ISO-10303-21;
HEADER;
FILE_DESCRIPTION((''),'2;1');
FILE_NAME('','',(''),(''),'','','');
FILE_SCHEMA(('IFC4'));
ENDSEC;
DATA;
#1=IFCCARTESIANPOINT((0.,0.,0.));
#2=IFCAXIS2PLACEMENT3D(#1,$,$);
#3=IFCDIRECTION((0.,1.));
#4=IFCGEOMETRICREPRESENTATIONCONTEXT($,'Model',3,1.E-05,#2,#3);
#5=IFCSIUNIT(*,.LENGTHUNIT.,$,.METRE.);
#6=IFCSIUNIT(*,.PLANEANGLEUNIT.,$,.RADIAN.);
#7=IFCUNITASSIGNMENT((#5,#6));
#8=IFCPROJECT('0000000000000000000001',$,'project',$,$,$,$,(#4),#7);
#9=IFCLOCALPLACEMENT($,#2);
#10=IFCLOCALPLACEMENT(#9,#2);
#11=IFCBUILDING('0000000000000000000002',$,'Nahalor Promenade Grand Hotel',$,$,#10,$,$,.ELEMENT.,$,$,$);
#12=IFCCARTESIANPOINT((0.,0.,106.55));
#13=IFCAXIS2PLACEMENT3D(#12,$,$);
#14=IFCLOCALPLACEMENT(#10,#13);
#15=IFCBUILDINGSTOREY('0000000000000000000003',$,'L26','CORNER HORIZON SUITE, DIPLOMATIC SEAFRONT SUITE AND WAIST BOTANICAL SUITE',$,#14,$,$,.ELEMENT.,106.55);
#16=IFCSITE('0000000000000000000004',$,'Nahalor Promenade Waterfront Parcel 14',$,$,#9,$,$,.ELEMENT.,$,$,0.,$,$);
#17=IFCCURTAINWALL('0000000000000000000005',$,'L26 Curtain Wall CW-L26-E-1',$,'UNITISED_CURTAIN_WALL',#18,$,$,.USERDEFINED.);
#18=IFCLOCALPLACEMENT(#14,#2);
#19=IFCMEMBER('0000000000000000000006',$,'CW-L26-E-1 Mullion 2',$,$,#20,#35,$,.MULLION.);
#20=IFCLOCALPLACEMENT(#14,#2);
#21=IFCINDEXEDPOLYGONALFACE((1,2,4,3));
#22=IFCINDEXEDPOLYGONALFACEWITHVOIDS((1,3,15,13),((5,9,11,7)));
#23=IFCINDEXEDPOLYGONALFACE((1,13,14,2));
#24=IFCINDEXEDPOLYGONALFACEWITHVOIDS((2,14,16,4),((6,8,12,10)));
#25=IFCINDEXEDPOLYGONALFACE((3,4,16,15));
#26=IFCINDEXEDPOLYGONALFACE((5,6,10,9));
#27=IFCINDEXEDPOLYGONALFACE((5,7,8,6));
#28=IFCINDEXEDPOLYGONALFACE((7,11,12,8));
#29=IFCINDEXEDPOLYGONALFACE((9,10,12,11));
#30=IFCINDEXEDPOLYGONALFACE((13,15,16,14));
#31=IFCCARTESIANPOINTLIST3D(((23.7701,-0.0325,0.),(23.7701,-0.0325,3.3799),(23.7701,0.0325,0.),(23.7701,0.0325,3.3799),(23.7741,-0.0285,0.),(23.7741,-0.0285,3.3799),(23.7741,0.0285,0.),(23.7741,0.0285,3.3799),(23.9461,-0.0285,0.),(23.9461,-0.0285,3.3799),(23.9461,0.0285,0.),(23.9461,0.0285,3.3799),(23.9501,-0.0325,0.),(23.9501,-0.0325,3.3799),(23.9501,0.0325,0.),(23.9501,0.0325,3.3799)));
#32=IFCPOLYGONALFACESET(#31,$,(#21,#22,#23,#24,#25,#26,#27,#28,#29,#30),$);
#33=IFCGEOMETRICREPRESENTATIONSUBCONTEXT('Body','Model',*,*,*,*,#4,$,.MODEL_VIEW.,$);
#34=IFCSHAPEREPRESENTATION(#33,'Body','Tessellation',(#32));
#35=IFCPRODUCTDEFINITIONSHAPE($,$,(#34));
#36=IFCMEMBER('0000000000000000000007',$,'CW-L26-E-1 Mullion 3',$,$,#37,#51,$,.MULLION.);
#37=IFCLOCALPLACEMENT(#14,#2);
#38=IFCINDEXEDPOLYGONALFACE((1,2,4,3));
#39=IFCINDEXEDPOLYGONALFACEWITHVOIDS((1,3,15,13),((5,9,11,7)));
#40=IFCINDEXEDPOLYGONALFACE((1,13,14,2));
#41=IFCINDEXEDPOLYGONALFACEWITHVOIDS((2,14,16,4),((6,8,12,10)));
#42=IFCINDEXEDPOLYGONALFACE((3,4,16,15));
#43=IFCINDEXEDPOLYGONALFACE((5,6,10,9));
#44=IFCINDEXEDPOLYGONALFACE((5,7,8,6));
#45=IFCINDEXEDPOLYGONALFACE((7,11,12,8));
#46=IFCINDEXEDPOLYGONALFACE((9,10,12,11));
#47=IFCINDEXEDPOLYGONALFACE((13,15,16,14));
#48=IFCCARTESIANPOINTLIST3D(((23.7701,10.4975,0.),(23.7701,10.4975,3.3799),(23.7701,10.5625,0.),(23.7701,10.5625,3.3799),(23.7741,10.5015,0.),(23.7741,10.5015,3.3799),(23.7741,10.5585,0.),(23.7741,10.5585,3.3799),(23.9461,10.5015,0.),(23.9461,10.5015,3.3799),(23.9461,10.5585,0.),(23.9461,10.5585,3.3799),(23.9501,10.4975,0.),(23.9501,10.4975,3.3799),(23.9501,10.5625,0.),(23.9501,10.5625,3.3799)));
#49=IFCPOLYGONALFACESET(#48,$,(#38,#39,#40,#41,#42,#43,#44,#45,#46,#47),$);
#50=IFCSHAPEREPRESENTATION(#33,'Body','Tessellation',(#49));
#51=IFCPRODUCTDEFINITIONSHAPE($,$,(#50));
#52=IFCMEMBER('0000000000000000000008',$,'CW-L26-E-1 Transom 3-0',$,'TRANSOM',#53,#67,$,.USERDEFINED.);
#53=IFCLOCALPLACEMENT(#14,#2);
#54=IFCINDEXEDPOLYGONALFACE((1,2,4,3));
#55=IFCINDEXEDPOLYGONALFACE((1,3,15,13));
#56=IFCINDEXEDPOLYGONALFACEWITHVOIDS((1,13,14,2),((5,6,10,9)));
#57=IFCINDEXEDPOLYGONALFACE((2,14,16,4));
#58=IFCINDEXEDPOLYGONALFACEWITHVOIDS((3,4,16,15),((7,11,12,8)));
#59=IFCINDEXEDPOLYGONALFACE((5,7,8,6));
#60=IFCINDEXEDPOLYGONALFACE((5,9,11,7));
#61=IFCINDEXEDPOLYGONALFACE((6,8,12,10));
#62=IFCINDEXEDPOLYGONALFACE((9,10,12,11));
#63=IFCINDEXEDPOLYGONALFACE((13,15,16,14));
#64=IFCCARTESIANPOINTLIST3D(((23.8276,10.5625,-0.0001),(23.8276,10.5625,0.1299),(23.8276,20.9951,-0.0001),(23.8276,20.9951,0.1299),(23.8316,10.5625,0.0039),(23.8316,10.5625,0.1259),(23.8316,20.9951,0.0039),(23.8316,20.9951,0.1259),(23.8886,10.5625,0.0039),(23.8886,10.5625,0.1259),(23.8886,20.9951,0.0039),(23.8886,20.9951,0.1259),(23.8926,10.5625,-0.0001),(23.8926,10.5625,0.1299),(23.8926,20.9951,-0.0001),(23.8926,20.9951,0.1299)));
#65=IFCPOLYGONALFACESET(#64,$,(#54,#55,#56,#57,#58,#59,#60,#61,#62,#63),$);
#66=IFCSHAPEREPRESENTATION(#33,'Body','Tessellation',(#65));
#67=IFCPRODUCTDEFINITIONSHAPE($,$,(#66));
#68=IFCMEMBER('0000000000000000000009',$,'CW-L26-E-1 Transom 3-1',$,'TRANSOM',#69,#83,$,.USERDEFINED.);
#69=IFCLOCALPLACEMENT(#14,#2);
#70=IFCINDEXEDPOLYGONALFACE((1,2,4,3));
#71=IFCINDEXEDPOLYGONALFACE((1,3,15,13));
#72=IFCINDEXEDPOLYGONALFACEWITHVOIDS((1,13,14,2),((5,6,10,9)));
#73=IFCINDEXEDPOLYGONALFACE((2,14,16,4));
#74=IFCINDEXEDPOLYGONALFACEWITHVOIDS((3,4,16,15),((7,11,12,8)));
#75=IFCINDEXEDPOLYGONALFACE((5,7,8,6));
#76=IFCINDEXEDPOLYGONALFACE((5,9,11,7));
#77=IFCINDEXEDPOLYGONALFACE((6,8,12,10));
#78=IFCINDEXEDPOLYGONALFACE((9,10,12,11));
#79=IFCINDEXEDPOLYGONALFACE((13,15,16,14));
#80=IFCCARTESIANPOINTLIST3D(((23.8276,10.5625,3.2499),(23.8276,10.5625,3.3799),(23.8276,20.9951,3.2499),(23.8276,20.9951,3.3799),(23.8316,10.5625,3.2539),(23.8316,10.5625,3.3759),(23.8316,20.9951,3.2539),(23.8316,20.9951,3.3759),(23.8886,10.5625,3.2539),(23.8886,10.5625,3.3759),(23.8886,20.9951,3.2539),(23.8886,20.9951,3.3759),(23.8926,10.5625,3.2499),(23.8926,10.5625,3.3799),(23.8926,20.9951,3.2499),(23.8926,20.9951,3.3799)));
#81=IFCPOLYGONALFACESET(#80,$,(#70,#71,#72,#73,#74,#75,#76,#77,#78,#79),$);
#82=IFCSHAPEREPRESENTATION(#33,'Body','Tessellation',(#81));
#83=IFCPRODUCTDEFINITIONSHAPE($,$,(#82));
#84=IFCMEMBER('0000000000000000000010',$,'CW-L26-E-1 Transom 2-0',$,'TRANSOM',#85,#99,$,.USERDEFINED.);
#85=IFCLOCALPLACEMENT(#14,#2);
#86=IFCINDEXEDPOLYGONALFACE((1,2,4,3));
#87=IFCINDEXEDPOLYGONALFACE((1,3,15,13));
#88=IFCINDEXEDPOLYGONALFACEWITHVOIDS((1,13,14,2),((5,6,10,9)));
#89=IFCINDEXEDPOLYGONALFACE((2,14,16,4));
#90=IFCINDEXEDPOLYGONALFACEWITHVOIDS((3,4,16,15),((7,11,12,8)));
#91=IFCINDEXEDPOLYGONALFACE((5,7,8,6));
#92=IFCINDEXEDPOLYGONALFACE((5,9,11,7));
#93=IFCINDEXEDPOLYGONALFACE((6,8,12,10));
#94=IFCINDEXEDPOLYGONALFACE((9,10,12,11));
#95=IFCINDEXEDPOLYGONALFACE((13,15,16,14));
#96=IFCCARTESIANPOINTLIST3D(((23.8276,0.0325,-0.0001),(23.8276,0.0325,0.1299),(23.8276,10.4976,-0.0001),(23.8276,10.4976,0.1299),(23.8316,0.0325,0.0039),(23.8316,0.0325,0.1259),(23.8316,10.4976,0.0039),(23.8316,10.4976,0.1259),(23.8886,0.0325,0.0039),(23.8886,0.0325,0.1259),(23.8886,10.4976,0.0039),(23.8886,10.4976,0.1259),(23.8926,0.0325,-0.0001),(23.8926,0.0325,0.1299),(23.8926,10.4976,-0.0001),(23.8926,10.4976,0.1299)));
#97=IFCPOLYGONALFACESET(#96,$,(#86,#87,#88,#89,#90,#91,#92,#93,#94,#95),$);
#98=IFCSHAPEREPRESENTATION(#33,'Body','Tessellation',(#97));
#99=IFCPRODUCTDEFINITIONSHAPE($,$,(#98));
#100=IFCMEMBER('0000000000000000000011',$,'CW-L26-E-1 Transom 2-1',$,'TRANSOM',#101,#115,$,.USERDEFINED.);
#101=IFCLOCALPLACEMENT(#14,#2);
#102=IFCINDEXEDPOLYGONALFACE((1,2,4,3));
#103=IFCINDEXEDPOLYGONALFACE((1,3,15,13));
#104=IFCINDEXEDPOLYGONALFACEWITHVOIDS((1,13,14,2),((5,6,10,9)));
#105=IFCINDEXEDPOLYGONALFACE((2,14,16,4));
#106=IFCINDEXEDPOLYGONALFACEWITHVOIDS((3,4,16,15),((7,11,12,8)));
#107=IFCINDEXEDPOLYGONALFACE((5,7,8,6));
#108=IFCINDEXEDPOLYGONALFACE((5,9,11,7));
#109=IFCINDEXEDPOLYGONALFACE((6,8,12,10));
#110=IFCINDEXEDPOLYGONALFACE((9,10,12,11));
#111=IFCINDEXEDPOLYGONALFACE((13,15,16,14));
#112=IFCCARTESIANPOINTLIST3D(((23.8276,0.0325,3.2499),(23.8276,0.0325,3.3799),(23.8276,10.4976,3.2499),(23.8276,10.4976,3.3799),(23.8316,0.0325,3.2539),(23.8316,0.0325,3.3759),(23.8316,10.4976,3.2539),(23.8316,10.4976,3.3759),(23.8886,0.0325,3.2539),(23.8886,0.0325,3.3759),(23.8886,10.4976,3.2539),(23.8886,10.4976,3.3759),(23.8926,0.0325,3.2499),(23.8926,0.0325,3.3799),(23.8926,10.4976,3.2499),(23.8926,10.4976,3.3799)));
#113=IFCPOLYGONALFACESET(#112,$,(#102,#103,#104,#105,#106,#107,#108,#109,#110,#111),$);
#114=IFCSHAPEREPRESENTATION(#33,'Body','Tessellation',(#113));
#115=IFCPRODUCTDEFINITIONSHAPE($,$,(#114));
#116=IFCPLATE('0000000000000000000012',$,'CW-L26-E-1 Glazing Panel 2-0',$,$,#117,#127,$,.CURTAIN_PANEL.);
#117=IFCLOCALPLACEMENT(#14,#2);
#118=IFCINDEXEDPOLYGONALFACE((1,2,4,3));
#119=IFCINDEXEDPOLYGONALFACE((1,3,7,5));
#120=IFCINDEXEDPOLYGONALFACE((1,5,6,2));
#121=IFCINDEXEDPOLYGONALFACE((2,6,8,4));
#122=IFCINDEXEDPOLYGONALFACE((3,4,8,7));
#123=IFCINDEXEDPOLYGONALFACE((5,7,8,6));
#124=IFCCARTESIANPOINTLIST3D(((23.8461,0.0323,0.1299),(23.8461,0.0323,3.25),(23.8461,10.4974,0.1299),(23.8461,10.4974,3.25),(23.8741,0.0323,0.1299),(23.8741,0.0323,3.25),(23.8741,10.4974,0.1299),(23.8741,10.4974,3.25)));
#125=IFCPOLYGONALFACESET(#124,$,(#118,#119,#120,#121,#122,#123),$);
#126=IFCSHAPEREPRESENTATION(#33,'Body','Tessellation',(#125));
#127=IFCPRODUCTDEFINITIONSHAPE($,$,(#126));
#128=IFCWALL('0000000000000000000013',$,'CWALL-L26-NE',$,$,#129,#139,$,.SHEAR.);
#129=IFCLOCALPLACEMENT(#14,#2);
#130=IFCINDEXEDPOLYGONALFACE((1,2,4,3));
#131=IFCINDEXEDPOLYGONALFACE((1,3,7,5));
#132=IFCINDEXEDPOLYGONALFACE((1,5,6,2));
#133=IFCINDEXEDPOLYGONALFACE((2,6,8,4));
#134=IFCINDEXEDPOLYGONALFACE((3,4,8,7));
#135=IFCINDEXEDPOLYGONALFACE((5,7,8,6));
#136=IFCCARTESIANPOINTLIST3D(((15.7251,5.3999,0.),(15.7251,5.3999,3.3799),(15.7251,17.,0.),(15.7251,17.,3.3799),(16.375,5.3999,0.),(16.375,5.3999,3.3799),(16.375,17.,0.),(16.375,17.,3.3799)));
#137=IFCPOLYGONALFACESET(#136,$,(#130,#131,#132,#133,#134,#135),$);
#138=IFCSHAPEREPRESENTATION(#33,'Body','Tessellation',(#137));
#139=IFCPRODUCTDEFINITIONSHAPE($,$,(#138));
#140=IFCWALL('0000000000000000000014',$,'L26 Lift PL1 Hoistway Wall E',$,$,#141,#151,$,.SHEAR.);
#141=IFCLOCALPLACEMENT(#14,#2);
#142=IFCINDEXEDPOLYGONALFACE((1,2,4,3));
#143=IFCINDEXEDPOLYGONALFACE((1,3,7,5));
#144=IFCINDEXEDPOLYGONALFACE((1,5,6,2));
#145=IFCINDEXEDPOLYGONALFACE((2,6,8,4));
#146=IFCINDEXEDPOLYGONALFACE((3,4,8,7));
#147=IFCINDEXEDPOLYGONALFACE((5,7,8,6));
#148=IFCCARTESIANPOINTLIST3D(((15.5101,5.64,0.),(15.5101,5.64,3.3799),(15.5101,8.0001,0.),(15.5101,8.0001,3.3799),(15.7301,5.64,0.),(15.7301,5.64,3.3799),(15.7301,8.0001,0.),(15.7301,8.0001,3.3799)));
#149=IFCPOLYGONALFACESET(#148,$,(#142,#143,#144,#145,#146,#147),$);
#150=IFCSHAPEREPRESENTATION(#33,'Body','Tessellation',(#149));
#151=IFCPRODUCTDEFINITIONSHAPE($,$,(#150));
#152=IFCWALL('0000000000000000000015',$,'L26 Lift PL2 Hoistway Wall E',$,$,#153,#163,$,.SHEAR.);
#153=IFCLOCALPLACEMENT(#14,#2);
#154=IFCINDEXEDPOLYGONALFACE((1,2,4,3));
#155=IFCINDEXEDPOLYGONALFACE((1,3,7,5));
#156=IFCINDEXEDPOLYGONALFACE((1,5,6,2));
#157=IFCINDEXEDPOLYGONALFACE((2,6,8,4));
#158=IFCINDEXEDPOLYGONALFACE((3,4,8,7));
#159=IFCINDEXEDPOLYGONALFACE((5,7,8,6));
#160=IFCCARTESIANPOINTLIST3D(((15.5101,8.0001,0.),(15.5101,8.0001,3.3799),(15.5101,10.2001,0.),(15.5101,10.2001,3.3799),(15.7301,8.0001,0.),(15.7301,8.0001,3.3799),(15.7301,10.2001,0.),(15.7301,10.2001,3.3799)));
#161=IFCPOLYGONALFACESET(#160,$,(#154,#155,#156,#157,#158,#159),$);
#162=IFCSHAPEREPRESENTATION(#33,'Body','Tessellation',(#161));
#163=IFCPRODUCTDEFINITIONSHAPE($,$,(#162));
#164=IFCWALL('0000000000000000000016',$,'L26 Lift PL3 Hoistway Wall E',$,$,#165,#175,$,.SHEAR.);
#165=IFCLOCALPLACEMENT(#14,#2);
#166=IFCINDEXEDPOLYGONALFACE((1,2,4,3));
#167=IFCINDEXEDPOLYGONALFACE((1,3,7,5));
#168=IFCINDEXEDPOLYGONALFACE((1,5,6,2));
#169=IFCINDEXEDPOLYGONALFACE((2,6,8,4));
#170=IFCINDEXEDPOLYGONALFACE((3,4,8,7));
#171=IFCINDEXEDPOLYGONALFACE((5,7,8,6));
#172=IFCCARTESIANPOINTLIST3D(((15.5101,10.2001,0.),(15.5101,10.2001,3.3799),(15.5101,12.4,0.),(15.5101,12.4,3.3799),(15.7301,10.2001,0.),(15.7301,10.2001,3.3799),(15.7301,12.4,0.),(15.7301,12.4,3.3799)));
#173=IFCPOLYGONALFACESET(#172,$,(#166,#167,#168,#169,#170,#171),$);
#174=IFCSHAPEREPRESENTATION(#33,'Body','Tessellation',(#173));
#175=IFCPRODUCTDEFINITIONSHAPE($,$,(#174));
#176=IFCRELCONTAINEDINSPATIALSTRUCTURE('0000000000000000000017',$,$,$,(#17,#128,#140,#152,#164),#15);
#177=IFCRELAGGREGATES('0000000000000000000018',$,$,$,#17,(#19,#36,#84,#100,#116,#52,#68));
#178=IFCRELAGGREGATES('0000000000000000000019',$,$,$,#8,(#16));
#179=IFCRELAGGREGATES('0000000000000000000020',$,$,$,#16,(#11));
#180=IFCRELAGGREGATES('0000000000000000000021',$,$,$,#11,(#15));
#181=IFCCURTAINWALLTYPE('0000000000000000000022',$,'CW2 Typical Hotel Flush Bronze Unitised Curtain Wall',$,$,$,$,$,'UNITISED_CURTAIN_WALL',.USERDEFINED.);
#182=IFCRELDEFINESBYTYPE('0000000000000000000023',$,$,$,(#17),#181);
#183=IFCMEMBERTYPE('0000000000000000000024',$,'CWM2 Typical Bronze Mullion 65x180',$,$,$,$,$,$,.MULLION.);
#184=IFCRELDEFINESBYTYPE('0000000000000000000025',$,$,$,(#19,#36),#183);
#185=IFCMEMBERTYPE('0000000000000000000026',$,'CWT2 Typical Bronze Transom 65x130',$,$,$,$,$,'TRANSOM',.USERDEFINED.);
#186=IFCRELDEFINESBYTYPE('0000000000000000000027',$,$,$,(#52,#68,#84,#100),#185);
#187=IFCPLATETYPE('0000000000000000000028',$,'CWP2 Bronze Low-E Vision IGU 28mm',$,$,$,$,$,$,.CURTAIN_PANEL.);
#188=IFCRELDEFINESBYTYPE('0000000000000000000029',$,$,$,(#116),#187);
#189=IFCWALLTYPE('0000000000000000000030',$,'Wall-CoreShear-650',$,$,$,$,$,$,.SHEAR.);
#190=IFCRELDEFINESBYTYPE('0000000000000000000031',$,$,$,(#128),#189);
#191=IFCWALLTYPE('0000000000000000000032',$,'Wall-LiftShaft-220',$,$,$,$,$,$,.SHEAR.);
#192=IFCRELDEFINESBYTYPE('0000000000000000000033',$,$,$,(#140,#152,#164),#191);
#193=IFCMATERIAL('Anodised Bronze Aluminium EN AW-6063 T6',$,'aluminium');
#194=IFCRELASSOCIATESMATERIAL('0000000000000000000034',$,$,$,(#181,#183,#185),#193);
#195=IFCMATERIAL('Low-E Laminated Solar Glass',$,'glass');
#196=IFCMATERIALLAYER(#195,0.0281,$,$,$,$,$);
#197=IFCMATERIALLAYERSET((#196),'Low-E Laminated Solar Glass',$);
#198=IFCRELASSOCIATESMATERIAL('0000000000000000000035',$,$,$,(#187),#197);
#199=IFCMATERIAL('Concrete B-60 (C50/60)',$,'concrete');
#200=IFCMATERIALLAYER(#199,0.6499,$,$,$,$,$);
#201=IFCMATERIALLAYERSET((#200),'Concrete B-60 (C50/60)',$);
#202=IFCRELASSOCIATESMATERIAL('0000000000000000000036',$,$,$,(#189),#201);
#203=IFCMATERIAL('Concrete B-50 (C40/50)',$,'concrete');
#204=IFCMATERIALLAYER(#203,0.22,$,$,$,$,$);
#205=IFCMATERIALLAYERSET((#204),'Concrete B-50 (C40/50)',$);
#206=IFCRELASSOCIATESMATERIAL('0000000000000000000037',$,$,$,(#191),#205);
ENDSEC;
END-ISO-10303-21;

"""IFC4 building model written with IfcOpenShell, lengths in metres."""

from ifc_helpers import new_model, si_unit, direction, frame, frame_2d, origin, origin_2d, place, context, subcontext, project, spatial, rectangle, hollow_rectangle, extrude, source, transform, mapped, material, layer, layer_set, material_profile, profile_set, type_object, element, aggregate, save


model = new_model("IFC4")

# Units and contexts
model_context = context("Model", 3, precision=1e-05, world=origin(), true_north=direction((0.0, 1.0)))
body_context = subcontext(model_context, "Body", "Model", "MODEL_VIEW")
ifc_project = project(units=[si_unit("LENGTHUNIT", "METRE"), si_unit("PLANEANGLEUNIT", "RADIAN")], contexts=[model_context])

# Site, building, storey
site_placement = place(None, origin())
site = spatial("IfcSite", under=ifc_project, at=site_placement, Name="Nahalor Promenade Waterfront Parcel 14", CompositionType="ELEMENT", RefElevation=0.0)
building_placement = place(site_placement, origin())
building = spatial("IfcBuilding", under=site, at=building_placement, Name="Nahalor Promenade Grand Hotel", CompositionType="ELEMENT")
storey_placement = place(building_placement, frame((0.0, 0.0, 106.55)))
storey = spatial("IfcBuildingStorey", under=building, at=storey_placement, Name="L26", Description="CORNER HORIZON SUITE, DIPLOMATIC SEAFRONT SUITE AND WAIST BOTANICAL SUITE", CompositionType="ELEMENT", Elevation=106.55)

# Curtain wall, members, plate
ifc_material_1 = material(Name="Anodised Bronze Aluminium EN AW-6063 T6", Category="aluminium")
curtain_wall_type = type_object("IfcCurtainWallType", Name="CW2 Typical Hotel Flush Bronze Unitised Curtain Wall", ElementType="UNITISED_CURTAIN_WALL", PredefinedType="USERDEFINED", material=ifc_material_1)
curtain_wall_placement = place(storey_placement, origin())
curtain_wall = element("IfcCurtainWall", 1, at=curtain_wall_placement, inside=storey, type_object=curtain_wall_type, Name="L26 Curtain Wall CW-L26-E-1", ObjectType="UNITISED_CURTAIN_WALL", PredefinedType="USERDEFINED")
ifc_material_profile_1 = material_profile(ifc_material_1, hollow_rectangle(XDim=0.065, YDim=0.18, WallThickness=0.004, at=origin_2d()), Name="CWM 65x180x4")
ifc_profile_set_1 = profile_set([ifc_material_profile_1], Name="Anodised Bronze Aluminium EN AW-6063 T6")
member_type_1 = type_object("IfcMemberType", Name="CWM2 Typical Bronze Mullion 65x180", PredefinedType="MULLION", material=ifc_profile_set_1)
shared_shape_1 = source(origin(), body_context, "Body", "SweptSolid", [
    extrude(hollow_rectangle(XDim=0.065, YDim=0.18, WallThickness=0.004, at=origin_2d()), origin(), (0.0, 0.0, 1.0), 3.3799),
])
member_1_placement = place(storey_placement, frame((23.8601, 0.0, 0.0), z_axis=(0.0, 0.0, 1.0), x_axis=(0.0, 1.0, 0.0)))
member_1 = element("IfcMember", 2, at=member_1_placement, type_object=member_type_1, Name="CW-L26-E-1 Mullion 2", PredefinedType="MULLION", context=body_context, shape_type="MappedRepresentation", body=[
    mapped(shared_shape_1, transform((0.0, 0.0, 0.0), scale=1.0)),
])
member_2_placement = place(storey_placement, frame((23.8601, 10.53, 0.0), z_axis=(0.0, 0.0, 1.0), x_axis=(0.0, 1.0, 0.0)))
member_2 = element("IfcMember", 3, at=member_2_placement, type_object=member_type_1, Name="CW-L26-E-1 Mullion 3", PredefinedType="MULLION", context=body_context, shape_type="MappedRepresentation", body=[
    mapped(shared_shape_1, transform((0.0, 0.0, 0.0), scale=1.0)),
])
ifc_material_profile_2 = material_profile(ifc_material_1, hollow_rectangle(XDim=0.065, YDim=0.13, WallThickness=0.004, at=origin_2d()), Name="CWT 65x130x4")
ifc_profile_set_2 = profile_set([ifc_material_profile_2], Name="Anodised Bronze Aluminium EN AW-6063 T6")
member_type_2 = type_object("IfcMemberType", Name="CWT2 Typical Bronze Transom 65x130", ElementType="TRANSOM", PredefinedType="USERDEFINED", material=ifc_profile_set_2)
shared_shape_2 = source(origin(), body_context, "Body", "SweptSolid", [
    extrude(hollow_rectangle(XDim=0.065, YDim=0.13, WallThickness=0.004, at=origin_2d()), origin(), (0.0, 0.0, 1.0), 10.4326),
])
member_3_placement = place(storey_placement, frame((23.8601, 10.5625, 0.0649), z_axis=(0.0, 1.0, 0.0), x_axis=(-1.0, 0.0, 0.0)))
member_3 = element("IfcMember", 4, at=member_3_placement, type_object=member_type_2, Name="CW-L26-E-1 Transom 3-0", ObjectType="TRANSOM", PredefinedType="USERDEFINED", context=body_context, shape_type="MappedRepresentation", body=[
    mapped(shared_shape_2, transform((0.0, 0.0, 0.0), scale=1.0)),
])
member_4_placement = place(storey_placement, frame((23.8601, 10.5625, 3.3149), z_axis=(0.0, 1.0, 0.0), x_axis=(-1.0, 0.0, 0.0)))
member_4 = element("IfcMember", 5, at=member_4_placement, type_object=member_type_2, Name="CW-L26-E-1 Transom 3-1", ObjectType="TRANSOM", PredefinedType="USERDEFINED", context=body_context, shape_type="MappedRepresentation", body=[
    mapped(shared_shape_2, transform((0.0, 0.0, 0.0), scale=1.0)),
])
shared_shape_3 = source(origin(), body_context, "Body", "SweptSolid", [
    extrude(hollow_rectangle(XDim=0.065, YDim=0.13, WallThickness=0.004, at=origin_2d()), origin(), (0.0, 0.0, 1.0), 10.4651),
])
member_5_placement = place(storey_placement, frame((23.8601, 0.0325, 0.0649), z_axis=(0.0, 1.0, 0.0), x_axis=(-1.0, 0.0, 0.0)))
member_5 = element("IfcMember", 6, at=member_5_placement, type_object=member_type_2, Name="CW-L26-E-1 Transom 2-0", ObjectType="TRANSOM", PredefinedType="USERDEFINED", context=body_context, shape_type="MappedRepresentation", body=[
    mapped(shared_shape_3, transform((0.0, 0.0, 0.0), scale=1.0)),
])
member_6_placement = place(storey_placement, frame((23.8601, 0.0325, 3.3149), z_axis=(0.0, 1.0, 0.0), x_axis=(-1.0, 0.0, 0.0)))
member_6 = element("IfcMember", 7, at=member_6_placement, type_object=member_type_2, Name="CW-L26-E-1 Transom 2-1", ObjectType="TRANSOM", PredefinedType="USERDEFINED", context=body_context, shape_type="MappedRepresentation", body=[
    mapped(shared_shape_3, transform((0.0, 0.0, 0.0), scale=1.0)),
])
ifc_material_2 = material(Name="Low-E Laminated Solar Glass", Category="glass")
ifc_layer_1 = layer(ifc_material_2, 0.0281)
ifc_layer_set_1 = layer_set([ifc_layer_1], Name="Low-E Laminated Solar Glass")
plate_type = type_object("IfcPlateType", Name="CWP2 Bronze Low-E Vision IGU 28mm", PredefinedType="CURTAIN_PANEL", material=ifc_layer_set_1)
shared_shape_4 = source(origin(), body_context, "Body", "SweptSolid", [
    extrude(rectangle(XDim=10.4651, YDim=0.0281, at=origin_2d()), origin(), (0.0, 0.0, 1.0), 3.1201),
])
plate_placement = place(storey_placement, frame((23.8601, 5.2649, 0.1299), z_axis=(0.0, 0.0, 1.0), x_axis=(0.0, 1.0, 0.0)))
plate = element("IfcPlate", 8, at=plate_placement, type_object=plate_type, Name="CW-L26-E-1 Glazing Panel 2-0", PredefinedType="CURTAIN_PANEL", context=body_context, shape_type="MappedRepresentation", body=[
    mapped(shared_shape_4, transform((0.0, 0.0, 0.0), scale=1.0)),
])
aggregate(curtain_wall, [member_1, member_2, member_5, member_6, plate, member_3, member_4])

# Walls
ifc_material_3 = material(Name="Concrete B-60 (C50/60)", Category="concrete")
ifc_layer_2 = layer(ifc_material_3, 0.6499)
ifc_layer_set_2 = layer_set([ifc_layer_2], Name="Concrete B-60 (C50/60)")
wall_type_1 = type_object("IfcWallType", Name="Wall-CoreShear-650", PredefinedType="SHEAR", material=ifc_layer_set_2)
shared_shape_5 = source(origin(), body_context, "Body", "SweptSolid", [
    extrude(rectangle(XDim=11.6001, YDim=0.6499, at=frame_2d((5.8, 0.0))), origin(), (0.0, 0.0, 1.0), 3.3799),
])
wall_1_placement = place(storey_placement, frame((16.05, 5.3999, 0.0), z_axis=(0.0, 0.0, 1.0), x_axis=(0.0, 1.0, 0.0)))
element("IfcWall", 9, at=wall_1_placement, inside=storey, type_object=wall_type_1, Name="CWALL-L26-NE", PredefinedType="SHEAR", context=body_context, shape_type="MappedRepresentation", body=[
    mapped(shared_shape_5, transform((0.0, 0.0, 0.0), scale=1.0)),
])
ifc_material_4 = material(Name="Concrete B-50 (C40/50)", Category="concrete")
ifc_layer_3 = layer(ifc_material_4, 0.22)
ifc_layer_set_3 = layer_set([ifc_layer_3], Name="Concrete B-50 (C40/50)")
wall_type_2 = type_object("IfcWallType", Name="Wall-LiftShaft-220", PredefinedType="SHEAR", material=ifc_layer_set_3)
shared_shape_6 = source(origin(), body_context, "Body", "SweptSolid", [
    extrude(rectangle(XDim=2.3601, YDim=0.22, at=frame_2d((1.1802, 0.0))), origin(), (0.0, 0.0, 1.0), 3.3799),
])
wall_2_placement = place(storey_placement, frame((15.6201, 5.6399, 0.0), z_axis=(0.0, 0.0, 1.0), x_axis=(0.0, 1.0, 0.0)))
element("IfcWall", 10, at=wall_2_placement, inside=storey, type_object=wall_type_2, Name="L26 Lift PL1 Hoistway Wall E", PredefinedType="SHEAR", context=body_context, shape_type="MappedRepresentation", body=[
    mapped(shared_shape_6, transform((0.0, 0.0, 0.0), scale=1.0)),
])
shared_shape_7 = source(origin(), body_context, "Body", "SweptSolid", [
    extrude(rectangle(XDim=2.2, YDim=0.22, at=frame_2d((1.1001, 0.0))), origin(), (0.0, 0.0, 1.0), 3.3799),
])
for number, where, z_axis, x_axis, name in (
    (11, (15.6201, 8.0, 0.0), (0.0, 0.0, 1.0), (0.0, 1.0, 0.0), "L26 Lift PL2 Hoistway Wall E"),
    (12, (15.6201, 10.2, 0.0), (0.0, 0.0, 1.0), (0.0, 1.0, 0.0), "L26 Lift PL3 Hoistway Wall E"),
):
    element("IfcWall", number, at=place(storey_placement, frame(where, z_axis=z_axis, x_axis=x_axis)), inside=storey, type_object=wall_type_2, Name=name, PredefinedType="SHEAR", context=body_context, shape_type="MappedRepresentation", body=[
        mapped(shared_shape_7, transform((0.0, 0.0, 0.0), scale=1.0)),
    ])

save(model, "model.ifc")
